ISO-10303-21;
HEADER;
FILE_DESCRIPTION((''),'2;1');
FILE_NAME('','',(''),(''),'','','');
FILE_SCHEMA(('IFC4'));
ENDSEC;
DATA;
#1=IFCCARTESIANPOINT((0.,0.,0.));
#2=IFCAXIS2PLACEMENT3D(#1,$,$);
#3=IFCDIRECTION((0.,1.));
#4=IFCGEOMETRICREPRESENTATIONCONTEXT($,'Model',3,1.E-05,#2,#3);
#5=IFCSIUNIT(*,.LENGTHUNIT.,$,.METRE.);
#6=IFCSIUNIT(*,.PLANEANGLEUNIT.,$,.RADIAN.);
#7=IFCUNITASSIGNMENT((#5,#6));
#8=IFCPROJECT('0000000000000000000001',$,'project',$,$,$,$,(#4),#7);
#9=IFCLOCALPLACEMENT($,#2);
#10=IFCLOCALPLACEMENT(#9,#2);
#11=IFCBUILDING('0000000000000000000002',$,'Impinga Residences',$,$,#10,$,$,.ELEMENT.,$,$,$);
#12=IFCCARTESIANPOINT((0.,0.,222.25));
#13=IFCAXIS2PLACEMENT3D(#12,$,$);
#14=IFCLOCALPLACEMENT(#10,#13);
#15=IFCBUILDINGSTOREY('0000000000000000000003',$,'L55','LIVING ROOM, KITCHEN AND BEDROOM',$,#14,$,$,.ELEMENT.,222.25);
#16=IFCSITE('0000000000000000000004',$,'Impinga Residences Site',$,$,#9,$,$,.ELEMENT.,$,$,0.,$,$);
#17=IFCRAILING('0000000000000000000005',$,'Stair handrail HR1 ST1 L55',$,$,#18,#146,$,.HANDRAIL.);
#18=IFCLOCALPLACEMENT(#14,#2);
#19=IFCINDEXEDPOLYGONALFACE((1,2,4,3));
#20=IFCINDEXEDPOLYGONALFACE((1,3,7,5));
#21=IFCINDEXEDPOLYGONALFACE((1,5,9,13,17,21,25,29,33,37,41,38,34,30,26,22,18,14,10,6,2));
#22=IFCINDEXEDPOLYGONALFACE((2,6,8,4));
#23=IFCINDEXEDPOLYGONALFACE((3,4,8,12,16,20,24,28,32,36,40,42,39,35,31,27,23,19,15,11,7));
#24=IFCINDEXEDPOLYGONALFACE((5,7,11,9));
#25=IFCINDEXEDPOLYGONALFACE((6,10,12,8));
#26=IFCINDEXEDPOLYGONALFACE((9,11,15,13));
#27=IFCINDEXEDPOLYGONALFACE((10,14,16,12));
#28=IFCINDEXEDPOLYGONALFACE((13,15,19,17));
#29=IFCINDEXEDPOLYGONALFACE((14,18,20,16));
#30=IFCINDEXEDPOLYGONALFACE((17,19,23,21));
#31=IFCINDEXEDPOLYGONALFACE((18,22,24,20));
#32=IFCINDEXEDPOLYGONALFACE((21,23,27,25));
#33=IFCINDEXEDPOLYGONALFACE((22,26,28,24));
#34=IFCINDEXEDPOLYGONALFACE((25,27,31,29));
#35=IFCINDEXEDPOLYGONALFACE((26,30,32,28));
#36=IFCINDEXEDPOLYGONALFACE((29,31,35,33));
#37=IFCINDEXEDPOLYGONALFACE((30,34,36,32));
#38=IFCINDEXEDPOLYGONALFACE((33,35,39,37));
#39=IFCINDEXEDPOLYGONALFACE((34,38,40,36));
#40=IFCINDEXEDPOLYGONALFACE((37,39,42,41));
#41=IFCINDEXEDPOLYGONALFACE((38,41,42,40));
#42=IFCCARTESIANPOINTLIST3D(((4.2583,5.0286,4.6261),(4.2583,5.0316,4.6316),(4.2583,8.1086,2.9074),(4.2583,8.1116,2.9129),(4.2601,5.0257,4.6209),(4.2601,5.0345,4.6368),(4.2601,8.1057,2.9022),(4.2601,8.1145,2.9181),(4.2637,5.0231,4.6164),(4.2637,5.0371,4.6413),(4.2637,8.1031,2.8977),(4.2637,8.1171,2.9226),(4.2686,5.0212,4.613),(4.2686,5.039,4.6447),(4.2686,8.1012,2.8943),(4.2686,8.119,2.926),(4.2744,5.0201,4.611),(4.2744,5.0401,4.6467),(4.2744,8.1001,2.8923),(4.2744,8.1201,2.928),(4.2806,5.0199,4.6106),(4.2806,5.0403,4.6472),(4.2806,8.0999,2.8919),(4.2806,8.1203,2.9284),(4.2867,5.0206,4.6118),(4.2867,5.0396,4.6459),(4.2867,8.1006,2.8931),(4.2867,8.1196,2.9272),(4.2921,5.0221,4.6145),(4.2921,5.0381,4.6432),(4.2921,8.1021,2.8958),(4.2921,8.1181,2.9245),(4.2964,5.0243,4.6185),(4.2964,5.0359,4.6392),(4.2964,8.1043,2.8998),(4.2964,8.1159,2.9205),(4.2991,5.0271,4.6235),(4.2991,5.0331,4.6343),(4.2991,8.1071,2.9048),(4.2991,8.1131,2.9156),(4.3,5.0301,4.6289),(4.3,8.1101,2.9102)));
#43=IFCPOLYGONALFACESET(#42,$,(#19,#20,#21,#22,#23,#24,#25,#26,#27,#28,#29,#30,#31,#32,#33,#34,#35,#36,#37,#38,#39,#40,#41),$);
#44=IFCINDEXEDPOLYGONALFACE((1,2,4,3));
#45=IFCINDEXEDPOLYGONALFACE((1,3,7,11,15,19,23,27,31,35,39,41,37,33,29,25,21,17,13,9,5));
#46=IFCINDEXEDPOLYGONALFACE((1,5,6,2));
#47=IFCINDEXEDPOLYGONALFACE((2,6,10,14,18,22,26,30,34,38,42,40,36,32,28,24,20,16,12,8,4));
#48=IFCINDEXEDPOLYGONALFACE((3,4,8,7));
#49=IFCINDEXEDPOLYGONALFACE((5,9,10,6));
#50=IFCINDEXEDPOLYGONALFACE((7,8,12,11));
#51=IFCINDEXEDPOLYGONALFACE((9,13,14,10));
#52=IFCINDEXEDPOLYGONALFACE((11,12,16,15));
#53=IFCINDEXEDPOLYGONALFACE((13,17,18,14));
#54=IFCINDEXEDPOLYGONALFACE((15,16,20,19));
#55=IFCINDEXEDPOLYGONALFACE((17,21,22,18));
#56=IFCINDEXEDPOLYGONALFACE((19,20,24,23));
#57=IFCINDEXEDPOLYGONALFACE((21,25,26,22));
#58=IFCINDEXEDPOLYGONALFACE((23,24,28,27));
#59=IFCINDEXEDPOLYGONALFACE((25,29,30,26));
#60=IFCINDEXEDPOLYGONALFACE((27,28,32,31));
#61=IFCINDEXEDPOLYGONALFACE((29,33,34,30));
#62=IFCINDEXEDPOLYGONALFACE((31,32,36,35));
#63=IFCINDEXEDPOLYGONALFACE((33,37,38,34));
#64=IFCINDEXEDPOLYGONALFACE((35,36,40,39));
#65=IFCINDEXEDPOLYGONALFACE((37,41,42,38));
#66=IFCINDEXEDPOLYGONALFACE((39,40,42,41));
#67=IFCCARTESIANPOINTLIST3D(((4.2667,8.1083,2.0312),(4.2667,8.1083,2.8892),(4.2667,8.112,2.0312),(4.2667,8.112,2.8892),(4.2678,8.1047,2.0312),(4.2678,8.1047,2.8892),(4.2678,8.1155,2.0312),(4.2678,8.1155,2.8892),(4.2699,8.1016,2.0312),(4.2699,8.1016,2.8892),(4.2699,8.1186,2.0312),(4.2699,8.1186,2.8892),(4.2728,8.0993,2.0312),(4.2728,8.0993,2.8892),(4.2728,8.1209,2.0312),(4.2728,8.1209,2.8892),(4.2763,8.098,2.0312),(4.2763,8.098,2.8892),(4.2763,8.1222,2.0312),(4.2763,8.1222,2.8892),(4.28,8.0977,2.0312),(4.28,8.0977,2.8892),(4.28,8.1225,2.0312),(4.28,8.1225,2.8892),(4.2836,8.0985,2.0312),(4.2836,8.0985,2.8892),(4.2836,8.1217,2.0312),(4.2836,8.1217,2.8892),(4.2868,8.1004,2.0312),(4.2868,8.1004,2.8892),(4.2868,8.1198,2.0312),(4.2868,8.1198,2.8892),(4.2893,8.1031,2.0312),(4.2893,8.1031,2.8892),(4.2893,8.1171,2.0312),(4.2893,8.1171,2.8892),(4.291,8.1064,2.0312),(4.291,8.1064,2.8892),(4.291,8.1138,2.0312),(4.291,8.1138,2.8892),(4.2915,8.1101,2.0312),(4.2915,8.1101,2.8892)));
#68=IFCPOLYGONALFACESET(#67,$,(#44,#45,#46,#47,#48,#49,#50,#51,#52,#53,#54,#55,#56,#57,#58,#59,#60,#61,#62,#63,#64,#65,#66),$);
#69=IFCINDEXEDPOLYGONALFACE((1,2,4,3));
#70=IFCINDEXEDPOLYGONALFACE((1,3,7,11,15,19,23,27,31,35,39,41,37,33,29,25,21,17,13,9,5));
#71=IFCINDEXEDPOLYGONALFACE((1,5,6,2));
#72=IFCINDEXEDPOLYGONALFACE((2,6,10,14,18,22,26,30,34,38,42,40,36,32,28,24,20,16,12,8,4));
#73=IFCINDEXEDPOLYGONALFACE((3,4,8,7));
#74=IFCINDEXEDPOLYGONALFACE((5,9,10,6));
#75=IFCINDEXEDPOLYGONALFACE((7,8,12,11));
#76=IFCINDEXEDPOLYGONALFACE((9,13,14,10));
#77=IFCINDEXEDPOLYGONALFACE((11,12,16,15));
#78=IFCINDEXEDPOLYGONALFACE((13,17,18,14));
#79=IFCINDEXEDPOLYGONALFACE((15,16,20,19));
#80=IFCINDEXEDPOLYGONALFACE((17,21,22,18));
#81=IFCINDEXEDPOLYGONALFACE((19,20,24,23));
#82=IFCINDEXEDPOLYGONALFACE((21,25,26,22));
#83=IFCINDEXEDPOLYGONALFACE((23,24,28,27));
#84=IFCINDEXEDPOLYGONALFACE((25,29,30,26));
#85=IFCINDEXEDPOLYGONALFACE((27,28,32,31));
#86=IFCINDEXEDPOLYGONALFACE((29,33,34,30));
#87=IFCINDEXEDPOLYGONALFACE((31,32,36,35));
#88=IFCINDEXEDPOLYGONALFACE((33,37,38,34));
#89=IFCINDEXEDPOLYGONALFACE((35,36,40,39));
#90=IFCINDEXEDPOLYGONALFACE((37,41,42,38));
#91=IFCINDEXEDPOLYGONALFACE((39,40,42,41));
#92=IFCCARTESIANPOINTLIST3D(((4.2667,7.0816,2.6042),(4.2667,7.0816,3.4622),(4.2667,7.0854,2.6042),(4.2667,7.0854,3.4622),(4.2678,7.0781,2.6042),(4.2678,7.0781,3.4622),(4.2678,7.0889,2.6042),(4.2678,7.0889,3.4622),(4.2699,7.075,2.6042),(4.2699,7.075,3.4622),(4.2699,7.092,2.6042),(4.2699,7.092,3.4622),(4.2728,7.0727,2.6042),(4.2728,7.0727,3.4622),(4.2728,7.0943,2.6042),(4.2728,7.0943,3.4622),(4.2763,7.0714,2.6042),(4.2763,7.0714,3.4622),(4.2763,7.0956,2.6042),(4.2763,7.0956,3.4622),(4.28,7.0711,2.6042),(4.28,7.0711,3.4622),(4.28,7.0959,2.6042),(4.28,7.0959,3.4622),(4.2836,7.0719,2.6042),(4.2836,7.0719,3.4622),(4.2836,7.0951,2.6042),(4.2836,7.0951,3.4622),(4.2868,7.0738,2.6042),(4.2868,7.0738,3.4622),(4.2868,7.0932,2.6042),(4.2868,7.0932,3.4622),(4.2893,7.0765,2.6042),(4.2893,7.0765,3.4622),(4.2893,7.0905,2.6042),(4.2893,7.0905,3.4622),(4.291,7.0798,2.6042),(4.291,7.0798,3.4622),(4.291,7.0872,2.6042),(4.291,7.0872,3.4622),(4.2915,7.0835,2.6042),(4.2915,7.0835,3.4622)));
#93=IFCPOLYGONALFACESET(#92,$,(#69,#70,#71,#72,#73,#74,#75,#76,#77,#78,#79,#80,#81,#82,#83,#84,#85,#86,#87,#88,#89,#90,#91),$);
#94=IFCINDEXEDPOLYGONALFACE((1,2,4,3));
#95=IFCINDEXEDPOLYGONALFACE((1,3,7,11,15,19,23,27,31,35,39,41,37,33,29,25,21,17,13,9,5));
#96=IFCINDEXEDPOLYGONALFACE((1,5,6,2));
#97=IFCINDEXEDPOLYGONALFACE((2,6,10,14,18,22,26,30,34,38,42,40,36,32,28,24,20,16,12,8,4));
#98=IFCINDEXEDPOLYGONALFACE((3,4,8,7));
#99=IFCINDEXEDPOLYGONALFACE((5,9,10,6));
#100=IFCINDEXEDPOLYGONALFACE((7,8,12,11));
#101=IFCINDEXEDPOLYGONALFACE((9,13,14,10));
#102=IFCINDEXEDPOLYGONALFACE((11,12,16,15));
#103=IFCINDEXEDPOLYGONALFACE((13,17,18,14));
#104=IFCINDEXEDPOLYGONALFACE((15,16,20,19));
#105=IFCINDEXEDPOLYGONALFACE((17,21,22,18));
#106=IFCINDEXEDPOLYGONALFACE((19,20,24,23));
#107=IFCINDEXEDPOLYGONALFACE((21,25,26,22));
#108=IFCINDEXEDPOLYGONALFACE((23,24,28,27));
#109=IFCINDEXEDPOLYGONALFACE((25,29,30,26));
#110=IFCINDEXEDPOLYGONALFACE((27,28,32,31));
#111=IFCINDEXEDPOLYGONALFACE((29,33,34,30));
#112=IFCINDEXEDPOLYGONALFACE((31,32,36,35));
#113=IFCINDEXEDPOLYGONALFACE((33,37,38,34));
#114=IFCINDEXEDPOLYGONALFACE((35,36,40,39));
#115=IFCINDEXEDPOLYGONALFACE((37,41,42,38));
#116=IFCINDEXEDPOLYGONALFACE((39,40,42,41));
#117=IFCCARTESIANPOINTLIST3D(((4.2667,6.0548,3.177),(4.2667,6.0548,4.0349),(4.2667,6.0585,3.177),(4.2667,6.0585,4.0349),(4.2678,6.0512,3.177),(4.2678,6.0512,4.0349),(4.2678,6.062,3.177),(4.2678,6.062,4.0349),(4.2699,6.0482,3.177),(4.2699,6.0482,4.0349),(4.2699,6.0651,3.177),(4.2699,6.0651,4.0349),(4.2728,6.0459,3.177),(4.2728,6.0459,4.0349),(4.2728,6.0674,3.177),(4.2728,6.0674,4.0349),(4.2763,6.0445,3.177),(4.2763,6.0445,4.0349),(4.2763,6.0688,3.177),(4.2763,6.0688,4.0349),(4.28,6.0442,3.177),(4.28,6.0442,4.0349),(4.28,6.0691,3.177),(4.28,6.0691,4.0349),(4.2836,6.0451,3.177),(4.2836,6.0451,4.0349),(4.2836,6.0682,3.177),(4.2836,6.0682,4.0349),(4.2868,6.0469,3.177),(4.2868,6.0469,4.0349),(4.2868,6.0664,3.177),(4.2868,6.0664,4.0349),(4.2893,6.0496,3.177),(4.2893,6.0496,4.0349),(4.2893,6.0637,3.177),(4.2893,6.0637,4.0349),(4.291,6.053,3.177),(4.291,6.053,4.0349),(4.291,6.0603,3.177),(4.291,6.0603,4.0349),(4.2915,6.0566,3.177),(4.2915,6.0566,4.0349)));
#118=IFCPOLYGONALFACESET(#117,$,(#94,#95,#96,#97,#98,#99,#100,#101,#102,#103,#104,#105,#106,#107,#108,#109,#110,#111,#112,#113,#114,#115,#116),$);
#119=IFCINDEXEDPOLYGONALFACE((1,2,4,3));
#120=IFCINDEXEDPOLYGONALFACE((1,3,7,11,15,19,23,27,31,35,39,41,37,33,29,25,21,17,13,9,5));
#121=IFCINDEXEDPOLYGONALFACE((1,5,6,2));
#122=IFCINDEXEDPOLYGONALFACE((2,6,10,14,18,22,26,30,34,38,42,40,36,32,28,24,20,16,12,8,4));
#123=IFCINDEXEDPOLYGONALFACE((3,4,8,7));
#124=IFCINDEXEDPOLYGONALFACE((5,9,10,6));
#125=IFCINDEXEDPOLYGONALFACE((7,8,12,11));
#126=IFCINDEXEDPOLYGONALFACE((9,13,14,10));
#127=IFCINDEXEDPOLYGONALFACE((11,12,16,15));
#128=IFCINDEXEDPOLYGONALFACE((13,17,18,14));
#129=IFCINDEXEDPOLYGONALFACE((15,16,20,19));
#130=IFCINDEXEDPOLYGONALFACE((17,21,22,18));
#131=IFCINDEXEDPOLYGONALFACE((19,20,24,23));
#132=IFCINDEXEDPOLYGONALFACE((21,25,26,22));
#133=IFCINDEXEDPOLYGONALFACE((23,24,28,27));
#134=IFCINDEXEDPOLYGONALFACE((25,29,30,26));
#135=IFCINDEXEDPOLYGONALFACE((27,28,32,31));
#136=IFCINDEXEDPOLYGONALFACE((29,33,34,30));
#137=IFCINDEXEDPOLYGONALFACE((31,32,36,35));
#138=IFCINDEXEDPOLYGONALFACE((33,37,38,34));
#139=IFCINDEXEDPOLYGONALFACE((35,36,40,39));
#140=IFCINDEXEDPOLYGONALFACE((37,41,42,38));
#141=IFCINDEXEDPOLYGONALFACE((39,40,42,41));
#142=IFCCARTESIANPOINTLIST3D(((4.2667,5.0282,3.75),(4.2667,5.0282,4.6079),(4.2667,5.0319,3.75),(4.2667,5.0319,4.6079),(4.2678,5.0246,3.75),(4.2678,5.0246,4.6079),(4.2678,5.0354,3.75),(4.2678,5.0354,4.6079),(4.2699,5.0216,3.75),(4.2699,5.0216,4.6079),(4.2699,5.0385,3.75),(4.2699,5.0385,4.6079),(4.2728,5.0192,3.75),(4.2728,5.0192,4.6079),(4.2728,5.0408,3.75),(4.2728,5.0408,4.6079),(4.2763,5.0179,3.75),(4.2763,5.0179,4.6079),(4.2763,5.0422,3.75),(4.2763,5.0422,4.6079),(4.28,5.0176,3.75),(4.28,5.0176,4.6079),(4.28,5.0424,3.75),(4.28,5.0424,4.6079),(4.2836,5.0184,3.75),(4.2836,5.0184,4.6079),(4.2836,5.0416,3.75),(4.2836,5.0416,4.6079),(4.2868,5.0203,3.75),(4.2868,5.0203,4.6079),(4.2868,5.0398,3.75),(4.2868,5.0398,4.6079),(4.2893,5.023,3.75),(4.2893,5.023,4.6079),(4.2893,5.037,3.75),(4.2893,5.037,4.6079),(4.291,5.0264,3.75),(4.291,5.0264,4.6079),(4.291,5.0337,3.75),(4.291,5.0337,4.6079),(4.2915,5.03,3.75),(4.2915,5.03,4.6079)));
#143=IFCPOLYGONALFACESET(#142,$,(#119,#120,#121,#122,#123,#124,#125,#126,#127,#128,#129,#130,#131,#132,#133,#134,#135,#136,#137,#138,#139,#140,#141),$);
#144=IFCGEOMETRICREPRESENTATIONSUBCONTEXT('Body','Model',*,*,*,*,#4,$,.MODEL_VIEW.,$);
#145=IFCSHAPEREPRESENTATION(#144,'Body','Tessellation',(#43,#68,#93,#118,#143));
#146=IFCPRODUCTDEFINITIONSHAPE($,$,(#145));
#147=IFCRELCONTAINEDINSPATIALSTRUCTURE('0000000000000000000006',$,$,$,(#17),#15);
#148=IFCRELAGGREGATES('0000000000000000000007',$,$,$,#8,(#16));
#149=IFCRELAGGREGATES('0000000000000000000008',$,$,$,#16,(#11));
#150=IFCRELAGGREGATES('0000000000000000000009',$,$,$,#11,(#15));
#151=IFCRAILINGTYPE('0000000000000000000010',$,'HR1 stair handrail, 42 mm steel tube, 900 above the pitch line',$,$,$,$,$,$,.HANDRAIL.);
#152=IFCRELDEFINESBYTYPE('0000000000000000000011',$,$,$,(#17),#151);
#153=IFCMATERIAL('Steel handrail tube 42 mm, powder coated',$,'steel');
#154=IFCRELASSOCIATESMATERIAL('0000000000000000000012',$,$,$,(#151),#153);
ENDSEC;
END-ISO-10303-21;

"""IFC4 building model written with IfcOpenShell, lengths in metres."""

from ifc_helpers import new_model, si_unit, direction, frame, origin, origin_2d, place, context, subcontext, project, spatial, circle, extrude, material, type_object, element, save


model = new_model("IFC4")

# Units and contexts
model_context = context("Model", 3, precision=1e-05, world=origin(), true_north=direction((0.0, 1.0)))
body_context = subcontext(model_context, "Body", "Model", "MODEL_VIEW")
ifc_project = project(units=[si_unit("LENGTHUNIT", "METRE"), si_unit("PLANEANGLEUNIT", "RADIAN")], contexts=[model_context])

# Site, building, storey
site_placement = place(None, origin())
site = spatial("IfcSite", under=ifc_project, at=site_placement, Name="Impinga Residences Site", CompositionType="ELEMENT", RefElevation=0.0)
building_placement = place(site_placement, origin())
building = spatial("IfcBuilding", under=site, at=building_placement, Name="Impinga Residences", CompositionType="ELEMENT")
storey_placement = place(building_placement, frame((0.0, 0.0, 222.25)))
storey = spatial("IfcBuildingStorey", under=building, at=storey_placement, Name="L55", Description="LIVING ROOM, KITCHEN AND BEDROOM", CompositionType="ELEMENT", Elevation=222.25)

# Railing
ifc_material_1 = material(Name="Steel handrail tube 42 mm, powder coated", Category="steel")
railing_type_1 = type_object("IfcRailingType", Name="HR1 stair handrail, 42 mm steel tube, 900 above the pitch line", PredefinedType="HANDRAIL", material=ifc_material_1)
railing_1_placement = place(storey_placement, frame((4.2791, 8.1101, 2.0312)))
element("IfcRailing", 1, at=railing_1_placement, inside=storey, type_object=railing_type_1, Name="Stair handrail HR1 ST1 L55", PredefinedType="HANDRAIL", context=body_context, shape_type="SweptSolid", body=[
    extrude(circle(Radius=0.021, at=origin_2d()), frame((0.0, 0.0, 0.8789), z_axis=(0.0, -0.873242, 0.487288), x_axis=(1.0, 0.0, 0.0)), (0.0, 0.0, 1.0), 3.5271),
    extrude(circle(Radius=0.0125, at=origin_2d()), origin(), (0.0, 0.0, 1.0), 0.8579),
    extrude(circle(Radius=0.0125, at=origin_2d()), frame((0.0, -1.0266, 0.573)), (0.0, 0.0, 1.0), 0.8579),
    extrude(circle(Radius=0.0125, at=origin_2d()), frame((0.0, -2.0535, 1.1458)), (0.0, 0.0, 1.0), 0.8579),
    extrude(circle(Radius=0.0125, at=origin_2d()), frame((0.0, -3.0801, 1.7188)), (0.0, 0.0, 1.0), 0.8579),
])

save(model, "model.ifc")
